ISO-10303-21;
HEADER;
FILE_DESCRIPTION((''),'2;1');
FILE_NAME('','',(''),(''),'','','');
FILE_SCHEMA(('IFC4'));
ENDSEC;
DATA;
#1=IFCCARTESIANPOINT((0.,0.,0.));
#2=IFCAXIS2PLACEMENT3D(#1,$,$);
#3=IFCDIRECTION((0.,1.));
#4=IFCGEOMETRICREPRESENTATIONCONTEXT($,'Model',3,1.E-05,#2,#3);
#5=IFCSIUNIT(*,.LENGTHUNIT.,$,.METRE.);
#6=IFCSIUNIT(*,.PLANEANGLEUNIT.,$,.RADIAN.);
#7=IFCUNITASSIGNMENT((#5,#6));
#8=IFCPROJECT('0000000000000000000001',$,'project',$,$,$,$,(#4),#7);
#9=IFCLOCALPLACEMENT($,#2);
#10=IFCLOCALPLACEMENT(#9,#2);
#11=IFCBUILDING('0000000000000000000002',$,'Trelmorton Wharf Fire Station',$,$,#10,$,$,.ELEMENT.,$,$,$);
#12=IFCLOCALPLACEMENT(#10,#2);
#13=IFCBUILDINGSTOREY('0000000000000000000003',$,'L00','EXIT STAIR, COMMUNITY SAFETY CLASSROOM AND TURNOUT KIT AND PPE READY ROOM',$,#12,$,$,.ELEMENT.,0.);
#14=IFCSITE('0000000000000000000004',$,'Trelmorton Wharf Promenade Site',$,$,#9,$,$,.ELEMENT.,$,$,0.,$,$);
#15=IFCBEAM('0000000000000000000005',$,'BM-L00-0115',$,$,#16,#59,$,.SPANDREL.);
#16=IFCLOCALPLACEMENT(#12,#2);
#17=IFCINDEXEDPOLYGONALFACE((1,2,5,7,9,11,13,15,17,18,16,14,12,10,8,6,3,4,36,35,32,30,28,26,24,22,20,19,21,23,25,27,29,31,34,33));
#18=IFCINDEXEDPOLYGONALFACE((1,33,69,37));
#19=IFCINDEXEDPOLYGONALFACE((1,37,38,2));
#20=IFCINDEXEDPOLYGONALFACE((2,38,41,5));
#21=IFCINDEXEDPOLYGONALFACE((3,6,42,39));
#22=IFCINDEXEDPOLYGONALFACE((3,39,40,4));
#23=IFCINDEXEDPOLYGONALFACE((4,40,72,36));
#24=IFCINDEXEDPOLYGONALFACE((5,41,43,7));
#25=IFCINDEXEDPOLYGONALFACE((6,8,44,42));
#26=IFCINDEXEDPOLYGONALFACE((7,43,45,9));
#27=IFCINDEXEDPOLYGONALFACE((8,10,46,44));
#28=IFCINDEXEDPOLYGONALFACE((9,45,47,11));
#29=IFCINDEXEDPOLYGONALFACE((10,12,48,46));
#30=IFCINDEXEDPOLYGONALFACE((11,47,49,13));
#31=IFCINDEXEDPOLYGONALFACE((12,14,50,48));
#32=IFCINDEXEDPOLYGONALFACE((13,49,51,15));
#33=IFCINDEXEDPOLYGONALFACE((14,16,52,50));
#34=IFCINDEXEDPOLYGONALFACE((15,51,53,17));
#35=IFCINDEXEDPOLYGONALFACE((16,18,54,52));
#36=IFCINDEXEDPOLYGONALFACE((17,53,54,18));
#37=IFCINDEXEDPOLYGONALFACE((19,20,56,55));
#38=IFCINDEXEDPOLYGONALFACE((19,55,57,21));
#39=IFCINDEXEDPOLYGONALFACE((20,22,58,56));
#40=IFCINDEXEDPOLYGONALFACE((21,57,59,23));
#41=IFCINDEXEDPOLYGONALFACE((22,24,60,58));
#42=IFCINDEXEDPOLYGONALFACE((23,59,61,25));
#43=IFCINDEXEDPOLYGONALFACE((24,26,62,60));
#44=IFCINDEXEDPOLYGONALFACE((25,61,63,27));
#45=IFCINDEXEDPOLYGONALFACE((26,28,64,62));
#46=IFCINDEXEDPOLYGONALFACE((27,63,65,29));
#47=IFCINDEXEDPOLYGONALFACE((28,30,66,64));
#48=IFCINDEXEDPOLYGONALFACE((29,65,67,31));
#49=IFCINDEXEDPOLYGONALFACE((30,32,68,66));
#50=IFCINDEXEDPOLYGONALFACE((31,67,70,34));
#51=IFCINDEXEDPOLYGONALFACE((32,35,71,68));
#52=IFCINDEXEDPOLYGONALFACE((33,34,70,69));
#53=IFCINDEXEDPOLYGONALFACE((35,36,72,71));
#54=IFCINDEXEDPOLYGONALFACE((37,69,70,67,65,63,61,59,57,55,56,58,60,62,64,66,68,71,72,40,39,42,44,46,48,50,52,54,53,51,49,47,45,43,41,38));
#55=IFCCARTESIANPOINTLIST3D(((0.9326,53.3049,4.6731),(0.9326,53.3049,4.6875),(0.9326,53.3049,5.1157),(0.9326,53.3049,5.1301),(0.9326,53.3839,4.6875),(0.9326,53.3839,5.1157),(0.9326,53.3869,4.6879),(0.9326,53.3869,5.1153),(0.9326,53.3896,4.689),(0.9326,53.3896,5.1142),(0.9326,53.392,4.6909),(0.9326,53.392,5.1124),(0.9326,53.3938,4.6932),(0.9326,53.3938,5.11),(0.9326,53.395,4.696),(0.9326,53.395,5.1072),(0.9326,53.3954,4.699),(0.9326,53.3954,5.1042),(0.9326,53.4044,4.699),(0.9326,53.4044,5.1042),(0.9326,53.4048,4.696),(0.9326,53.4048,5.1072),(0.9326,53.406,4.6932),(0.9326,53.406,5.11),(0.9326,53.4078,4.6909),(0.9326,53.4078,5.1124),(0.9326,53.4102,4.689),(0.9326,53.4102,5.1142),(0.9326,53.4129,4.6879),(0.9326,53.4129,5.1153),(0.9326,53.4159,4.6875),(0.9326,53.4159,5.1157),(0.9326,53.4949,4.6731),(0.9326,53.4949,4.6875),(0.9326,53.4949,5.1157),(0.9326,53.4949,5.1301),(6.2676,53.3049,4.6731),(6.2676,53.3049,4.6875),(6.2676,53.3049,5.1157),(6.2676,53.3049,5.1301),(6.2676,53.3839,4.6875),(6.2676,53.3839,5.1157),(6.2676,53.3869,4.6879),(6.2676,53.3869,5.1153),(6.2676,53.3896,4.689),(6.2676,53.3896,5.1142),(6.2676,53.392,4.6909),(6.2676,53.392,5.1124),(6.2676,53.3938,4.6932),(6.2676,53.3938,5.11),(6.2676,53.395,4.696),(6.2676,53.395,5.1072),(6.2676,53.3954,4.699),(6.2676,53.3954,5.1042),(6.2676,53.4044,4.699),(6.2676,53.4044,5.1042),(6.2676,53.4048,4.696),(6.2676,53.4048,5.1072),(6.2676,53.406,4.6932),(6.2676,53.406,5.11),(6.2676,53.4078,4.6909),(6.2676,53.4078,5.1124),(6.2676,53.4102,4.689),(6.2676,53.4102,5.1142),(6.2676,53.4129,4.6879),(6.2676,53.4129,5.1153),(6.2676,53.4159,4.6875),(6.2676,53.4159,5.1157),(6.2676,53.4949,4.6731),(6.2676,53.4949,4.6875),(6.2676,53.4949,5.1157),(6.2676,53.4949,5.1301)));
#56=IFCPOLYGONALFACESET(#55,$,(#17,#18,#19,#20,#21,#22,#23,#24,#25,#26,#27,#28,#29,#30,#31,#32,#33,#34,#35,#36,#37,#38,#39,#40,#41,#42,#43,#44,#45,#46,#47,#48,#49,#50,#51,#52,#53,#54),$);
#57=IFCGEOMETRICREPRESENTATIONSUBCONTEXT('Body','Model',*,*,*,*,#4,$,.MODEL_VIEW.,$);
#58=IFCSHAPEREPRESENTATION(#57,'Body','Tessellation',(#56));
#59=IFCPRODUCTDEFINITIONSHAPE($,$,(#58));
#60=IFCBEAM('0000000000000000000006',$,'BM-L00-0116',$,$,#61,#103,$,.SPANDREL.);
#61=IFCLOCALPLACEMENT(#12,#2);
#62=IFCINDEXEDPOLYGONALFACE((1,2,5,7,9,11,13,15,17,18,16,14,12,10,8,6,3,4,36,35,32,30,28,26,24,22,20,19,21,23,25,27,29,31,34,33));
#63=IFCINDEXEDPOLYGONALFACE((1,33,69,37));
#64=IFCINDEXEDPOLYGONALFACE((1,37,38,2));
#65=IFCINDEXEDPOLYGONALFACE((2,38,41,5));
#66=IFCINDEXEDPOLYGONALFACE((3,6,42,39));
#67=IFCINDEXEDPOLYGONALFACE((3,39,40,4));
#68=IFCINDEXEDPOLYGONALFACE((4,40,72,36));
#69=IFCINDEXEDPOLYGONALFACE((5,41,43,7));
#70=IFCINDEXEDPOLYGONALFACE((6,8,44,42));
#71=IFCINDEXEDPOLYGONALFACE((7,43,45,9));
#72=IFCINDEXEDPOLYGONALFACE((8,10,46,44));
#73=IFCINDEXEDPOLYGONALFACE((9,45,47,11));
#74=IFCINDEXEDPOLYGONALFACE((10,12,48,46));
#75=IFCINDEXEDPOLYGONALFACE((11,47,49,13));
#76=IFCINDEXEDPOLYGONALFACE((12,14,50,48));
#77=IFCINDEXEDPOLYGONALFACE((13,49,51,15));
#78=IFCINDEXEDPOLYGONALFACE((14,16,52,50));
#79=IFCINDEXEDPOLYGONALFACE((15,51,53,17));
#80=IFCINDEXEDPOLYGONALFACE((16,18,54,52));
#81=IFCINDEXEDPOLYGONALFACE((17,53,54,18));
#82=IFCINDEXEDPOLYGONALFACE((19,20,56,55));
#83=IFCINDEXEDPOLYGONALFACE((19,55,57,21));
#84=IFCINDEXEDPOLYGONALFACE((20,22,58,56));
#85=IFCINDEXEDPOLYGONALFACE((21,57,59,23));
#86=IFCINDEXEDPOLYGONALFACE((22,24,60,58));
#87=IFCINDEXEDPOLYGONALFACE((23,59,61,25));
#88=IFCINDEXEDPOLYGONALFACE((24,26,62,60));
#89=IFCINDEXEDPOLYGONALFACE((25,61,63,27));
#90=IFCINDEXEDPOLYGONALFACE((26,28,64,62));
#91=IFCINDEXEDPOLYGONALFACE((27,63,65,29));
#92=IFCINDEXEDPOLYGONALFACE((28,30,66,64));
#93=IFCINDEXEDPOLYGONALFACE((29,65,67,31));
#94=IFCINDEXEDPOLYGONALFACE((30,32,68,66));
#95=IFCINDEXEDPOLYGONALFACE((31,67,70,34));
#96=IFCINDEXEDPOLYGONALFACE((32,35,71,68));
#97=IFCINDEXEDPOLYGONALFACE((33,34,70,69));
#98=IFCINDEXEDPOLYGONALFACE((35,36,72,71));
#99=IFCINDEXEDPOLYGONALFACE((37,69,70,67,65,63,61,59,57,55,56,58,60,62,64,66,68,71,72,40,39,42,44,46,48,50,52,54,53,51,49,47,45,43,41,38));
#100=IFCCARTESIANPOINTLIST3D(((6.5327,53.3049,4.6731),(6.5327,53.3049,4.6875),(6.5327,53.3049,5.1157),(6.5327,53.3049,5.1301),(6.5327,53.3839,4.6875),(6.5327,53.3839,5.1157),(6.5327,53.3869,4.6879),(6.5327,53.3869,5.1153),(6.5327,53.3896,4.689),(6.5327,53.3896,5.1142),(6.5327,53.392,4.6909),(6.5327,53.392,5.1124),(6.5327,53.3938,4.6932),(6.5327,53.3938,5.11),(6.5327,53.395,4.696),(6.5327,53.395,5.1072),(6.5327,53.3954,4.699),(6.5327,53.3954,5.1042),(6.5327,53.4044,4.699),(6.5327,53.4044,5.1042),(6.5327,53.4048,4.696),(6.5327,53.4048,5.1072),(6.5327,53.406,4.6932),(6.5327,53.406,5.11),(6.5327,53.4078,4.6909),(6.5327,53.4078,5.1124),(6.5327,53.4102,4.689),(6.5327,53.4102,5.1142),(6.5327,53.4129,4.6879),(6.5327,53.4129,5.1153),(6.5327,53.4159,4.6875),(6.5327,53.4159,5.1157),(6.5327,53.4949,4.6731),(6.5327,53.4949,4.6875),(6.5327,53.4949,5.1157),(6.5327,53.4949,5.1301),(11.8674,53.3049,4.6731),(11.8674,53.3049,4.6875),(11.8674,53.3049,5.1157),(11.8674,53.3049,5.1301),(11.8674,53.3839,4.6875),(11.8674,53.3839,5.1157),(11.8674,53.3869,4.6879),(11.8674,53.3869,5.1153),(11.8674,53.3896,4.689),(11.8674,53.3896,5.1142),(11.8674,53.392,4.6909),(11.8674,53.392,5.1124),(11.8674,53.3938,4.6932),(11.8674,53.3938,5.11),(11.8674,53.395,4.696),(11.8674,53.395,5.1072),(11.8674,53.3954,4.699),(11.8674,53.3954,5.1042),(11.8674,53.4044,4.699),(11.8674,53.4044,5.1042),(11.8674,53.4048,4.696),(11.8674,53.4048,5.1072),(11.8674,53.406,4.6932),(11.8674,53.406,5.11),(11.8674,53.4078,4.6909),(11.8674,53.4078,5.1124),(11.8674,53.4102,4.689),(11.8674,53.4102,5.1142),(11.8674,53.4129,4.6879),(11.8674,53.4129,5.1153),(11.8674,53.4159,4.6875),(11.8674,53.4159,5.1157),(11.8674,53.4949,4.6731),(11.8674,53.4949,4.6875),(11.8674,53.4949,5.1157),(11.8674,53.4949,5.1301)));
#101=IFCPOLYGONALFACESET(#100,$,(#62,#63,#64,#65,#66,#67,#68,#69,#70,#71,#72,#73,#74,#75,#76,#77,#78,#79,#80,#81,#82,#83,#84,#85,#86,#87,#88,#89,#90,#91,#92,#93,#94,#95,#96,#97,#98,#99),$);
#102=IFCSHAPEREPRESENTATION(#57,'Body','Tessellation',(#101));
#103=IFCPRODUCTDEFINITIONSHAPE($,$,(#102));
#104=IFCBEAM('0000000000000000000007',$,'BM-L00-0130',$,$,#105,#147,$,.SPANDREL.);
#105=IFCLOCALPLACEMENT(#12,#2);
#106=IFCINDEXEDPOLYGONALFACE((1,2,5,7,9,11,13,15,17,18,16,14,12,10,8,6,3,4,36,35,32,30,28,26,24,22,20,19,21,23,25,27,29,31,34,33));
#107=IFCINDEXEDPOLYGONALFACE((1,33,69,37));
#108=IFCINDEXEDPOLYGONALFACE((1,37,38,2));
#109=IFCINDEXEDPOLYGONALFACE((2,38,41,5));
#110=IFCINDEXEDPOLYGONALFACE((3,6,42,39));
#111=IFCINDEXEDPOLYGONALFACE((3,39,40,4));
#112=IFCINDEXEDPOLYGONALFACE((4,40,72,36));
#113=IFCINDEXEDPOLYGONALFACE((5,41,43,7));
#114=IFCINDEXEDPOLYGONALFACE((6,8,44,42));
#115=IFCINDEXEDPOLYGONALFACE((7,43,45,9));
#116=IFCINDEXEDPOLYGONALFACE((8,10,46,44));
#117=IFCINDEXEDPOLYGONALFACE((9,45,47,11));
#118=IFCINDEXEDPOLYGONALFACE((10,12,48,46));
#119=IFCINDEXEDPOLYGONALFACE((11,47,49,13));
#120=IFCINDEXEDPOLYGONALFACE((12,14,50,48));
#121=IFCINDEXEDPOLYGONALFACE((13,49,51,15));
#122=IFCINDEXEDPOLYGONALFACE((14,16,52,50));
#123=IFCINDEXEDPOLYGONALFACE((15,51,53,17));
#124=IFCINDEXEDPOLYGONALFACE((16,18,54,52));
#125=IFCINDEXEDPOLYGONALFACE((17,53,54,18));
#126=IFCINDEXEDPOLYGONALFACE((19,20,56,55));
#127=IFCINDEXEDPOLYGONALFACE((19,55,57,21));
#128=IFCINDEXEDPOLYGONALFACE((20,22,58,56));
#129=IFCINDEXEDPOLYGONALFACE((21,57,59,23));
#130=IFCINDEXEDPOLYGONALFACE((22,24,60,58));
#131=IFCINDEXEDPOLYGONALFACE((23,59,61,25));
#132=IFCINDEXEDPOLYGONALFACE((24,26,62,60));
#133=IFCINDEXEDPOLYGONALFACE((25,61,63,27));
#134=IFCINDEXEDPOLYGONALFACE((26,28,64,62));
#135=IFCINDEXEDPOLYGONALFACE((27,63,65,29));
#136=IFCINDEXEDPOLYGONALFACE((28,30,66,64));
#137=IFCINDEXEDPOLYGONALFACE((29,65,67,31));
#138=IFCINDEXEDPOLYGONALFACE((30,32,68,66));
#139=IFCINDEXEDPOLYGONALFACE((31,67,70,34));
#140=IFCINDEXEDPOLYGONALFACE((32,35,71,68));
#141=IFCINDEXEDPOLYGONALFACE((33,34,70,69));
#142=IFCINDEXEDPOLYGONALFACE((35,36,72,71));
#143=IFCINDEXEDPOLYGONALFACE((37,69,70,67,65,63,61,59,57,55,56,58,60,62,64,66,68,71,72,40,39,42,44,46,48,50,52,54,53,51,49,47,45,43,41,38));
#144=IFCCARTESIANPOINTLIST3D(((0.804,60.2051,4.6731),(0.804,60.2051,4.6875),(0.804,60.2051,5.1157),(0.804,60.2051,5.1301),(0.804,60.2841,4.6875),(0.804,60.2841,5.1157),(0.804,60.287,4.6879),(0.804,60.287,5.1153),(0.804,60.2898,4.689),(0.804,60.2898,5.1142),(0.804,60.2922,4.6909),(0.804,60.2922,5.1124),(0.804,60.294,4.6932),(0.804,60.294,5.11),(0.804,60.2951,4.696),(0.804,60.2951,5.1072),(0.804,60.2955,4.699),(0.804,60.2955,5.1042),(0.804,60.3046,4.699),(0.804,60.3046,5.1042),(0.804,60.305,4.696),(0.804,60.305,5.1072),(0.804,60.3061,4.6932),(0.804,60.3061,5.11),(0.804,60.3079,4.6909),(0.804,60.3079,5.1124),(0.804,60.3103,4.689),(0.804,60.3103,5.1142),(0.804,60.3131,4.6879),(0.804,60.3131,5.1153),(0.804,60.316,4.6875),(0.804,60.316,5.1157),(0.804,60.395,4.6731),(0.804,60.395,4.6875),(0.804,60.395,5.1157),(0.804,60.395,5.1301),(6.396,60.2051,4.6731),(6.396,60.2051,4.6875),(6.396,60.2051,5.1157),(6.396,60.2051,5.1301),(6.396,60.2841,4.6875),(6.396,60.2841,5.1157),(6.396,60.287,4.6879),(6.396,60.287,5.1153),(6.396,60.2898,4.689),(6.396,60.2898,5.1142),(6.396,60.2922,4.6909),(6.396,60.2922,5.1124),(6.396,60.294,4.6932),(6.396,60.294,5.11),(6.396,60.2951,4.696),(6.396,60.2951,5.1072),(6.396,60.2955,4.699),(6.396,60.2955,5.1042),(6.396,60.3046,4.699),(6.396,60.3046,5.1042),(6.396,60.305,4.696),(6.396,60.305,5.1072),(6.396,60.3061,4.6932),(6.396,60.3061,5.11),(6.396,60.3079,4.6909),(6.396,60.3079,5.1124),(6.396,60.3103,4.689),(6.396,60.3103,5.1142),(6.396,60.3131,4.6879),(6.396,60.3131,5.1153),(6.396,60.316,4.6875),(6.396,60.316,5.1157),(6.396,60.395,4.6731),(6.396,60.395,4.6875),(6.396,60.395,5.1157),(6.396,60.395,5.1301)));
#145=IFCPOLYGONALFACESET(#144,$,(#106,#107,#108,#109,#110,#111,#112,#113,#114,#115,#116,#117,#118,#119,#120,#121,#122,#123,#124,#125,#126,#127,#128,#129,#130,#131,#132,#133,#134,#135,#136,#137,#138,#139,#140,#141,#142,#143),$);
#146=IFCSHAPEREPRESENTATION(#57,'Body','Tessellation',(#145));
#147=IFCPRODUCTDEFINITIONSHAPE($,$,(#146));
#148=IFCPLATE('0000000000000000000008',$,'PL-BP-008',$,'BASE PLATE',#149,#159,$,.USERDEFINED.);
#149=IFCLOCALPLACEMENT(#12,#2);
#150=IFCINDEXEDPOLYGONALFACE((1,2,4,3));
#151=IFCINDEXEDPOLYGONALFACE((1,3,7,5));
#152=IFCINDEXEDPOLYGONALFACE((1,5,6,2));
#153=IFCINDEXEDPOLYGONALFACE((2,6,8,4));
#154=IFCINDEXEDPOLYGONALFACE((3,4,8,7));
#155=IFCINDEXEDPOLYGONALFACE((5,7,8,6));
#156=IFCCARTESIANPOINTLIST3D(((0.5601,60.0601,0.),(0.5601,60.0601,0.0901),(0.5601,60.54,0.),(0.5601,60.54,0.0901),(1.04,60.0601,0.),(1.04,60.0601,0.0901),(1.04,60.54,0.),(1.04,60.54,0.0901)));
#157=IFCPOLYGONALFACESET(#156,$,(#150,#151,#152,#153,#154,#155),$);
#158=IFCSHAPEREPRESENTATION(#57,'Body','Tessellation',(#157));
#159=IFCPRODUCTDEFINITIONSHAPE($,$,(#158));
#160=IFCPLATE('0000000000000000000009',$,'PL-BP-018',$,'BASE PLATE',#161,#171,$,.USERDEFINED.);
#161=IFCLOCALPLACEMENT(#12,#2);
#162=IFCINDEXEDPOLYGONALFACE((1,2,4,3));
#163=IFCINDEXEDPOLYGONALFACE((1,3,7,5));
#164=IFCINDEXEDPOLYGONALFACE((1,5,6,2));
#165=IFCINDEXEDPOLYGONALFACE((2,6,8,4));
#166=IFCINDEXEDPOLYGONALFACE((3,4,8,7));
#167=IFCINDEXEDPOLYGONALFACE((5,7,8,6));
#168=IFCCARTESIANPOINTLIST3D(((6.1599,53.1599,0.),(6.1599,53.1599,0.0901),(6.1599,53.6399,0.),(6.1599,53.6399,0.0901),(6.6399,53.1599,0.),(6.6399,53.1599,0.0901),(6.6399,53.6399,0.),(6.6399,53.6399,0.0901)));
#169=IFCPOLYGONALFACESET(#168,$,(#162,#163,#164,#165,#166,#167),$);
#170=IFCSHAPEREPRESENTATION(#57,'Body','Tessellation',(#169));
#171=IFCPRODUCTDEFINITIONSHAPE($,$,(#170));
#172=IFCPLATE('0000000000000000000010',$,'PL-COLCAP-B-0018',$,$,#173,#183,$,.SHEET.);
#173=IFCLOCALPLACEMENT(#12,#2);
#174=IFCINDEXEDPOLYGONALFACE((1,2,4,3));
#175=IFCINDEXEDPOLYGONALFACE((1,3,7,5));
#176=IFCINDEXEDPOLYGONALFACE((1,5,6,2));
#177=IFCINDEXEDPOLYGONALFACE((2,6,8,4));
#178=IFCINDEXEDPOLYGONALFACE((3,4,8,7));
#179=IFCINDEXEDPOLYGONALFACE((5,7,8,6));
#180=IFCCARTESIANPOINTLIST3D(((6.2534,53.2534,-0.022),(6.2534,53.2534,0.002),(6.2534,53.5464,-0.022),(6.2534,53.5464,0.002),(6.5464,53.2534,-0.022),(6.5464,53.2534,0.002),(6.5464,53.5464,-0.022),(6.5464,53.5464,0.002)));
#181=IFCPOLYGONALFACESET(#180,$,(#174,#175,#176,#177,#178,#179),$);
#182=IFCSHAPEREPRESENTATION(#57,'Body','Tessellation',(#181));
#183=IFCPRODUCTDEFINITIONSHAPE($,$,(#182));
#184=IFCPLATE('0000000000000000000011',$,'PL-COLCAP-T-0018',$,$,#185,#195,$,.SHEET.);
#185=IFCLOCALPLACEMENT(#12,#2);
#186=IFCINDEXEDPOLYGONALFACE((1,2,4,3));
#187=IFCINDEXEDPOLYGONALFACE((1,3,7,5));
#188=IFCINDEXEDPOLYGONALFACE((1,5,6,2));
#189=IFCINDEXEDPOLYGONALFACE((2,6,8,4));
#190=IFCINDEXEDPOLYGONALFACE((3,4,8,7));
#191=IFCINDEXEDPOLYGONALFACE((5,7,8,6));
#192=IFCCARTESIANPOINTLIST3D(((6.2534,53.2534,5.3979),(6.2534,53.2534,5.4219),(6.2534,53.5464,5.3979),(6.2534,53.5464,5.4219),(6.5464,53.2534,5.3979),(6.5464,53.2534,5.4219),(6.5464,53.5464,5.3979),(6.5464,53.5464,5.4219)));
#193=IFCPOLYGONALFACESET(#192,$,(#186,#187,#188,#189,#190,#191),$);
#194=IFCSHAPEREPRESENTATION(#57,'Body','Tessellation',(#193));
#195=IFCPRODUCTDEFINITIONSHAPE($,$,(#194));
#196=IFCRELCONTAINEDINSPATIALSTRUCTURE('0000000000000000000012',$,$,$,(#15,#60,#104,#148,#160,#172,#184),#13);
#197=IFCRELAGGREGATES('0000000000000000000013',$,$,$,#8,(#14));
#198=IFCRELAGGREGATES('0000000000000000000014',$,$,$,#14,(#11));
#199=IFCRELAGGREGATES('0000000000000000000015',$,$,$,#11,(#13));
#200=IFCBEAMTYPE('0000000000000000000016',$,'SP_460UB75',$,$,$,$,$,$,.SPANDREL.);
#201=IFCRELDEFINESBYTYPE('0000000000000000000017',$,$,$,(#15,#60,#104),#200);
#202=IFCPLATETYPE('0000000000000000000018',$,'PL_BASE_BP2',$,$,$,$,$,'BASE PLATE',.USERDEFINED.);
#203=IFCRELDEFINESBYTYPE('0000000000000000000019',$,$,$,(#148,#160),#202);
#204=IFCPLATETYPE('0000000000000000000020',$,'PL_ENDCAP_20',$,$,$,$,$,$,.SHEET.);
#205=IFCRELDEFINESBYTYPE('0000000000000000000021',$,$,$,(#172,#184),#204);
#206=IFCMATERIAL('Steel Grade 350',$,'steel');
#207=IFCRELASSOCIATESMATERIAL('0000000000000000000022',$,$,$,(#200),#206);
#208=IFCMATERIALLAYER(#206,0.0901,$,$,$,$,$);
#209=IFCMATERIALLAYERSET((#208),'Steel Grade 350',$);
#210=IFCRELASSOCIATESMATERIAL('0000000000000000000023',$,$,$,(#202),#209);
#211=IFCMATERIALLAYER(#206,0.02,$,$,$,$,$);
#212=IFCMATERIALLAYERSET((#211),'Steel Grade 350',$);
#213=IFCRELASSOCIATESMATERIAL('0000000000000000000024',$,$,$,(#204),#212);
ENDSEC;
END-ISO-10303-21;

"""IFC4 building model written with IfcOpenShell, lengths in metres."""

from ifc_helpers import new_model, si_unit, direction, frame, origin, origin_2d, place, context, subcontext, project, spatial, rectangle, i_section, extrude, material, layer, layer_set, material_profile, profile_set, type_object, element, save


model = new_model("IFC4")

# Units and contexts
model_context = context("Model", 3, precision=1e-05, world=origin(), true_north=direction((0.0, 1.0)))
body_context = subcontext(model_context, "Body", "Model", "MODEL_VIEW")
ifc_project = project(units=[si_unit("LENGTHUNIT", "METRE"), si_unit("PLANEANGLEUNIT", "RADIAN")], contexts=[model_context])

# Site, building, storey
site_placement = place(None, origin())
site = spatial("IfcSite", under=ifc_project, at=site_placement, Name="Trelmorton Wharf Promenade Site", CompositionType="ELEMENT", RefElevation=0.0)
building_placement = place(site_placement, origin())
building = spatial("IfcBuilding", under=site, at=building_placement, Name="Trelmorton Wharf Fire Station", CompositionType="ELEMENT")
storey_placement = place(building_placement, origin())
storey = spatial("IfcBuildingStorey", under=building, at=storey_placement, Name="L00", Description="EXIT STAIR, COMMUNITY SAFETY CLASSROOM AND TURNOUT KIT AND PPE READY ROOM", CompositionType="ELEMENT", Elevation=0.0)

# Shared definitions
ifc_material_1 = material(Name="Steel Grade 350", Category="steel")

# Beams
ifc_material_profile_1 = material_profile(ifc_material_1, i_section(OverallWidth=0.1899, OverallDepth=0.457, WebThickness=0.009, FlangeThickness=0.0144, FilletRadius=0.0115, at=origin_2d()), Name="460UB74.6")
ifc_profile_set_1 = profile_set([ifc_material_profile_1], Name="Steel Grade 350")
beam_type_1 = type_object("IfcBeamType", Name="SP_460UB75", PredefinedType="SPANDREL", material=ifc_profile_set_1)
beam_1_placement = place(storey_placement, frame((0.9326, 53.3999, 4.9016), z_axis=(1.0, 0.0, 0.0), x_axis=(0.0, 1.0, 0.0)))
element("IfcBeam", 1, at=beam_1_placement, inside=storey, type_object=beam_type_1, Name="BM-L00-0115", PredefinedType="SPANDREL", context=body_context, shape_type="SweptSolid", body=[
    extrude(i_section(OverallWidth=0.1899, OverallDepth=0.457, WebThickness=0.009, FlangeThickness=0.0144, FilletRadius=0.0115, at=origin_2d()), origin(), (0.0, 0.0, 1.0), 5.335),
])
beam_2_placement = place(storey_placement, frame((6.5327, 53.3999, 4.9016), z_axis=(1.0, 0.0, 0.0), x_axis=(0.0, 1.0, 0.0)))
element("IfcBeam", 2, at=beam_2_placement, inside=storey, type_object=beam_type_1, Name="BM-L00-0116", PredefinedType="SPANDREL", context=body_context, shape_type="SweptSolid", body=[
    extrude(i_section(OverallWidth=0.1899, OverallDepth=0.457, WebThickness=0.009, FlangeThickness=0.0144, FilletRadius=0.0115, at=origin_2d()), origin(), (0.0, 0.0, 1.0), 5.3347),
])
beam_3_placement = place(storey_placement, frame((0.804, 60.3, 4.9016), z_axis=(1.0, 0.0, 0.0), x_axis=(0.0, 1.0, 0.0)))
element("IfcBeam", 3, at=beam_3_placement, inside=storey, type_object=beam_type_1, Name="BM-L00-0130", PredefinedType="SPANDREL", context=body_context, shape_type="SweptSolid", body=[
    extrude(i_section(OverallWidth=0.1899, OverallDepth=0.457, WebThickness=0.009, FlangeThickness=0.0144, FilletRadius=0.0115, at=origin_2d()), origin(), (0.0, 0.0, 1.0), 5.592),
])

# Plates
ifc_layer_1 = layer(ifc_material_1, 0.0901)
ifc_layer_set_1 = layer_set([ifc_layer_1], Name="Steel Grade 350")
plate_type_1 = type_object("IfcPlateType", Name="PL_BASE_BP2", ElementType="BASE PLATE", PredefinedType="USERDEFINED", material=ifc_layer_set_1)
for number, where, z_axis, x_axis, name in (
    (4, (0.8, 60.3, 0.0), (0.0, 0.0, 1.0), (1.0, 0.0, 0.0), "PL-BP-008"),
    (5, (6.3999, 53.3999, 0.0), (0.0, 0.0, 1.0), (1.0, 0.0, 0.0), "PL-BP-018"),
):
    element("IfcPlate", number, at=place(storey_placement, frame(where, z_axis=z_axis, x_axis=x_axis)), inside=storey, type_object=plate_type_1, Name=name, ObjectType="BASE PLATE", PredefinedType="USERDEFINED", context=body_context, shape_type="SweptSolid", body=[
        extrude(rectangle(XDim=0.48, YDim=0.48, at=origin_2d()), origin(), (0.0, 0.0, 1.0), 0.0901),
    ])
ifc_layer_2 = layer(ifc_material_1, 0.02)
ifc_layer_set_2 = layer_set([ifc_layer_2], Name="Steel Grade 350")
plate_type_2 = type_object("IfcPlateType", Name="PL_ENDCAP_20", PredefinedType="SHEET", material=ifc_layer_set_2)
for number, where, z_axis, x_axis, name in (
    (6, (6.3999, 53.3999, -0.022), (0.0, 0.0, 1.0), (1.0, 0.0, 0.0), "PL-COLCAP-B-0018"),
    (7, (6.3999, 53.3999, 5.3979), (0.0, 0.0, 1.0), (1.0, 0.0, 0.0), "PL-COLCAP-T-0018"),
):
    element("IfcPlate", number, at=place(storey_placement, frame(where, z_axis=z_axis, x_axis=x_axis)), inside=storey, type_object=plate_type_2, Name=name, PredefinedType="SHEET", context=body_context, shape_type="SweptSolid", body=[
        extrude(rectangle(XDim=0.293, YDim=0.293, at=origin_2d()), origin(), (0.0, 0.0, 1.0), 0.0239),
    ])

save(model, "model.ifc")
